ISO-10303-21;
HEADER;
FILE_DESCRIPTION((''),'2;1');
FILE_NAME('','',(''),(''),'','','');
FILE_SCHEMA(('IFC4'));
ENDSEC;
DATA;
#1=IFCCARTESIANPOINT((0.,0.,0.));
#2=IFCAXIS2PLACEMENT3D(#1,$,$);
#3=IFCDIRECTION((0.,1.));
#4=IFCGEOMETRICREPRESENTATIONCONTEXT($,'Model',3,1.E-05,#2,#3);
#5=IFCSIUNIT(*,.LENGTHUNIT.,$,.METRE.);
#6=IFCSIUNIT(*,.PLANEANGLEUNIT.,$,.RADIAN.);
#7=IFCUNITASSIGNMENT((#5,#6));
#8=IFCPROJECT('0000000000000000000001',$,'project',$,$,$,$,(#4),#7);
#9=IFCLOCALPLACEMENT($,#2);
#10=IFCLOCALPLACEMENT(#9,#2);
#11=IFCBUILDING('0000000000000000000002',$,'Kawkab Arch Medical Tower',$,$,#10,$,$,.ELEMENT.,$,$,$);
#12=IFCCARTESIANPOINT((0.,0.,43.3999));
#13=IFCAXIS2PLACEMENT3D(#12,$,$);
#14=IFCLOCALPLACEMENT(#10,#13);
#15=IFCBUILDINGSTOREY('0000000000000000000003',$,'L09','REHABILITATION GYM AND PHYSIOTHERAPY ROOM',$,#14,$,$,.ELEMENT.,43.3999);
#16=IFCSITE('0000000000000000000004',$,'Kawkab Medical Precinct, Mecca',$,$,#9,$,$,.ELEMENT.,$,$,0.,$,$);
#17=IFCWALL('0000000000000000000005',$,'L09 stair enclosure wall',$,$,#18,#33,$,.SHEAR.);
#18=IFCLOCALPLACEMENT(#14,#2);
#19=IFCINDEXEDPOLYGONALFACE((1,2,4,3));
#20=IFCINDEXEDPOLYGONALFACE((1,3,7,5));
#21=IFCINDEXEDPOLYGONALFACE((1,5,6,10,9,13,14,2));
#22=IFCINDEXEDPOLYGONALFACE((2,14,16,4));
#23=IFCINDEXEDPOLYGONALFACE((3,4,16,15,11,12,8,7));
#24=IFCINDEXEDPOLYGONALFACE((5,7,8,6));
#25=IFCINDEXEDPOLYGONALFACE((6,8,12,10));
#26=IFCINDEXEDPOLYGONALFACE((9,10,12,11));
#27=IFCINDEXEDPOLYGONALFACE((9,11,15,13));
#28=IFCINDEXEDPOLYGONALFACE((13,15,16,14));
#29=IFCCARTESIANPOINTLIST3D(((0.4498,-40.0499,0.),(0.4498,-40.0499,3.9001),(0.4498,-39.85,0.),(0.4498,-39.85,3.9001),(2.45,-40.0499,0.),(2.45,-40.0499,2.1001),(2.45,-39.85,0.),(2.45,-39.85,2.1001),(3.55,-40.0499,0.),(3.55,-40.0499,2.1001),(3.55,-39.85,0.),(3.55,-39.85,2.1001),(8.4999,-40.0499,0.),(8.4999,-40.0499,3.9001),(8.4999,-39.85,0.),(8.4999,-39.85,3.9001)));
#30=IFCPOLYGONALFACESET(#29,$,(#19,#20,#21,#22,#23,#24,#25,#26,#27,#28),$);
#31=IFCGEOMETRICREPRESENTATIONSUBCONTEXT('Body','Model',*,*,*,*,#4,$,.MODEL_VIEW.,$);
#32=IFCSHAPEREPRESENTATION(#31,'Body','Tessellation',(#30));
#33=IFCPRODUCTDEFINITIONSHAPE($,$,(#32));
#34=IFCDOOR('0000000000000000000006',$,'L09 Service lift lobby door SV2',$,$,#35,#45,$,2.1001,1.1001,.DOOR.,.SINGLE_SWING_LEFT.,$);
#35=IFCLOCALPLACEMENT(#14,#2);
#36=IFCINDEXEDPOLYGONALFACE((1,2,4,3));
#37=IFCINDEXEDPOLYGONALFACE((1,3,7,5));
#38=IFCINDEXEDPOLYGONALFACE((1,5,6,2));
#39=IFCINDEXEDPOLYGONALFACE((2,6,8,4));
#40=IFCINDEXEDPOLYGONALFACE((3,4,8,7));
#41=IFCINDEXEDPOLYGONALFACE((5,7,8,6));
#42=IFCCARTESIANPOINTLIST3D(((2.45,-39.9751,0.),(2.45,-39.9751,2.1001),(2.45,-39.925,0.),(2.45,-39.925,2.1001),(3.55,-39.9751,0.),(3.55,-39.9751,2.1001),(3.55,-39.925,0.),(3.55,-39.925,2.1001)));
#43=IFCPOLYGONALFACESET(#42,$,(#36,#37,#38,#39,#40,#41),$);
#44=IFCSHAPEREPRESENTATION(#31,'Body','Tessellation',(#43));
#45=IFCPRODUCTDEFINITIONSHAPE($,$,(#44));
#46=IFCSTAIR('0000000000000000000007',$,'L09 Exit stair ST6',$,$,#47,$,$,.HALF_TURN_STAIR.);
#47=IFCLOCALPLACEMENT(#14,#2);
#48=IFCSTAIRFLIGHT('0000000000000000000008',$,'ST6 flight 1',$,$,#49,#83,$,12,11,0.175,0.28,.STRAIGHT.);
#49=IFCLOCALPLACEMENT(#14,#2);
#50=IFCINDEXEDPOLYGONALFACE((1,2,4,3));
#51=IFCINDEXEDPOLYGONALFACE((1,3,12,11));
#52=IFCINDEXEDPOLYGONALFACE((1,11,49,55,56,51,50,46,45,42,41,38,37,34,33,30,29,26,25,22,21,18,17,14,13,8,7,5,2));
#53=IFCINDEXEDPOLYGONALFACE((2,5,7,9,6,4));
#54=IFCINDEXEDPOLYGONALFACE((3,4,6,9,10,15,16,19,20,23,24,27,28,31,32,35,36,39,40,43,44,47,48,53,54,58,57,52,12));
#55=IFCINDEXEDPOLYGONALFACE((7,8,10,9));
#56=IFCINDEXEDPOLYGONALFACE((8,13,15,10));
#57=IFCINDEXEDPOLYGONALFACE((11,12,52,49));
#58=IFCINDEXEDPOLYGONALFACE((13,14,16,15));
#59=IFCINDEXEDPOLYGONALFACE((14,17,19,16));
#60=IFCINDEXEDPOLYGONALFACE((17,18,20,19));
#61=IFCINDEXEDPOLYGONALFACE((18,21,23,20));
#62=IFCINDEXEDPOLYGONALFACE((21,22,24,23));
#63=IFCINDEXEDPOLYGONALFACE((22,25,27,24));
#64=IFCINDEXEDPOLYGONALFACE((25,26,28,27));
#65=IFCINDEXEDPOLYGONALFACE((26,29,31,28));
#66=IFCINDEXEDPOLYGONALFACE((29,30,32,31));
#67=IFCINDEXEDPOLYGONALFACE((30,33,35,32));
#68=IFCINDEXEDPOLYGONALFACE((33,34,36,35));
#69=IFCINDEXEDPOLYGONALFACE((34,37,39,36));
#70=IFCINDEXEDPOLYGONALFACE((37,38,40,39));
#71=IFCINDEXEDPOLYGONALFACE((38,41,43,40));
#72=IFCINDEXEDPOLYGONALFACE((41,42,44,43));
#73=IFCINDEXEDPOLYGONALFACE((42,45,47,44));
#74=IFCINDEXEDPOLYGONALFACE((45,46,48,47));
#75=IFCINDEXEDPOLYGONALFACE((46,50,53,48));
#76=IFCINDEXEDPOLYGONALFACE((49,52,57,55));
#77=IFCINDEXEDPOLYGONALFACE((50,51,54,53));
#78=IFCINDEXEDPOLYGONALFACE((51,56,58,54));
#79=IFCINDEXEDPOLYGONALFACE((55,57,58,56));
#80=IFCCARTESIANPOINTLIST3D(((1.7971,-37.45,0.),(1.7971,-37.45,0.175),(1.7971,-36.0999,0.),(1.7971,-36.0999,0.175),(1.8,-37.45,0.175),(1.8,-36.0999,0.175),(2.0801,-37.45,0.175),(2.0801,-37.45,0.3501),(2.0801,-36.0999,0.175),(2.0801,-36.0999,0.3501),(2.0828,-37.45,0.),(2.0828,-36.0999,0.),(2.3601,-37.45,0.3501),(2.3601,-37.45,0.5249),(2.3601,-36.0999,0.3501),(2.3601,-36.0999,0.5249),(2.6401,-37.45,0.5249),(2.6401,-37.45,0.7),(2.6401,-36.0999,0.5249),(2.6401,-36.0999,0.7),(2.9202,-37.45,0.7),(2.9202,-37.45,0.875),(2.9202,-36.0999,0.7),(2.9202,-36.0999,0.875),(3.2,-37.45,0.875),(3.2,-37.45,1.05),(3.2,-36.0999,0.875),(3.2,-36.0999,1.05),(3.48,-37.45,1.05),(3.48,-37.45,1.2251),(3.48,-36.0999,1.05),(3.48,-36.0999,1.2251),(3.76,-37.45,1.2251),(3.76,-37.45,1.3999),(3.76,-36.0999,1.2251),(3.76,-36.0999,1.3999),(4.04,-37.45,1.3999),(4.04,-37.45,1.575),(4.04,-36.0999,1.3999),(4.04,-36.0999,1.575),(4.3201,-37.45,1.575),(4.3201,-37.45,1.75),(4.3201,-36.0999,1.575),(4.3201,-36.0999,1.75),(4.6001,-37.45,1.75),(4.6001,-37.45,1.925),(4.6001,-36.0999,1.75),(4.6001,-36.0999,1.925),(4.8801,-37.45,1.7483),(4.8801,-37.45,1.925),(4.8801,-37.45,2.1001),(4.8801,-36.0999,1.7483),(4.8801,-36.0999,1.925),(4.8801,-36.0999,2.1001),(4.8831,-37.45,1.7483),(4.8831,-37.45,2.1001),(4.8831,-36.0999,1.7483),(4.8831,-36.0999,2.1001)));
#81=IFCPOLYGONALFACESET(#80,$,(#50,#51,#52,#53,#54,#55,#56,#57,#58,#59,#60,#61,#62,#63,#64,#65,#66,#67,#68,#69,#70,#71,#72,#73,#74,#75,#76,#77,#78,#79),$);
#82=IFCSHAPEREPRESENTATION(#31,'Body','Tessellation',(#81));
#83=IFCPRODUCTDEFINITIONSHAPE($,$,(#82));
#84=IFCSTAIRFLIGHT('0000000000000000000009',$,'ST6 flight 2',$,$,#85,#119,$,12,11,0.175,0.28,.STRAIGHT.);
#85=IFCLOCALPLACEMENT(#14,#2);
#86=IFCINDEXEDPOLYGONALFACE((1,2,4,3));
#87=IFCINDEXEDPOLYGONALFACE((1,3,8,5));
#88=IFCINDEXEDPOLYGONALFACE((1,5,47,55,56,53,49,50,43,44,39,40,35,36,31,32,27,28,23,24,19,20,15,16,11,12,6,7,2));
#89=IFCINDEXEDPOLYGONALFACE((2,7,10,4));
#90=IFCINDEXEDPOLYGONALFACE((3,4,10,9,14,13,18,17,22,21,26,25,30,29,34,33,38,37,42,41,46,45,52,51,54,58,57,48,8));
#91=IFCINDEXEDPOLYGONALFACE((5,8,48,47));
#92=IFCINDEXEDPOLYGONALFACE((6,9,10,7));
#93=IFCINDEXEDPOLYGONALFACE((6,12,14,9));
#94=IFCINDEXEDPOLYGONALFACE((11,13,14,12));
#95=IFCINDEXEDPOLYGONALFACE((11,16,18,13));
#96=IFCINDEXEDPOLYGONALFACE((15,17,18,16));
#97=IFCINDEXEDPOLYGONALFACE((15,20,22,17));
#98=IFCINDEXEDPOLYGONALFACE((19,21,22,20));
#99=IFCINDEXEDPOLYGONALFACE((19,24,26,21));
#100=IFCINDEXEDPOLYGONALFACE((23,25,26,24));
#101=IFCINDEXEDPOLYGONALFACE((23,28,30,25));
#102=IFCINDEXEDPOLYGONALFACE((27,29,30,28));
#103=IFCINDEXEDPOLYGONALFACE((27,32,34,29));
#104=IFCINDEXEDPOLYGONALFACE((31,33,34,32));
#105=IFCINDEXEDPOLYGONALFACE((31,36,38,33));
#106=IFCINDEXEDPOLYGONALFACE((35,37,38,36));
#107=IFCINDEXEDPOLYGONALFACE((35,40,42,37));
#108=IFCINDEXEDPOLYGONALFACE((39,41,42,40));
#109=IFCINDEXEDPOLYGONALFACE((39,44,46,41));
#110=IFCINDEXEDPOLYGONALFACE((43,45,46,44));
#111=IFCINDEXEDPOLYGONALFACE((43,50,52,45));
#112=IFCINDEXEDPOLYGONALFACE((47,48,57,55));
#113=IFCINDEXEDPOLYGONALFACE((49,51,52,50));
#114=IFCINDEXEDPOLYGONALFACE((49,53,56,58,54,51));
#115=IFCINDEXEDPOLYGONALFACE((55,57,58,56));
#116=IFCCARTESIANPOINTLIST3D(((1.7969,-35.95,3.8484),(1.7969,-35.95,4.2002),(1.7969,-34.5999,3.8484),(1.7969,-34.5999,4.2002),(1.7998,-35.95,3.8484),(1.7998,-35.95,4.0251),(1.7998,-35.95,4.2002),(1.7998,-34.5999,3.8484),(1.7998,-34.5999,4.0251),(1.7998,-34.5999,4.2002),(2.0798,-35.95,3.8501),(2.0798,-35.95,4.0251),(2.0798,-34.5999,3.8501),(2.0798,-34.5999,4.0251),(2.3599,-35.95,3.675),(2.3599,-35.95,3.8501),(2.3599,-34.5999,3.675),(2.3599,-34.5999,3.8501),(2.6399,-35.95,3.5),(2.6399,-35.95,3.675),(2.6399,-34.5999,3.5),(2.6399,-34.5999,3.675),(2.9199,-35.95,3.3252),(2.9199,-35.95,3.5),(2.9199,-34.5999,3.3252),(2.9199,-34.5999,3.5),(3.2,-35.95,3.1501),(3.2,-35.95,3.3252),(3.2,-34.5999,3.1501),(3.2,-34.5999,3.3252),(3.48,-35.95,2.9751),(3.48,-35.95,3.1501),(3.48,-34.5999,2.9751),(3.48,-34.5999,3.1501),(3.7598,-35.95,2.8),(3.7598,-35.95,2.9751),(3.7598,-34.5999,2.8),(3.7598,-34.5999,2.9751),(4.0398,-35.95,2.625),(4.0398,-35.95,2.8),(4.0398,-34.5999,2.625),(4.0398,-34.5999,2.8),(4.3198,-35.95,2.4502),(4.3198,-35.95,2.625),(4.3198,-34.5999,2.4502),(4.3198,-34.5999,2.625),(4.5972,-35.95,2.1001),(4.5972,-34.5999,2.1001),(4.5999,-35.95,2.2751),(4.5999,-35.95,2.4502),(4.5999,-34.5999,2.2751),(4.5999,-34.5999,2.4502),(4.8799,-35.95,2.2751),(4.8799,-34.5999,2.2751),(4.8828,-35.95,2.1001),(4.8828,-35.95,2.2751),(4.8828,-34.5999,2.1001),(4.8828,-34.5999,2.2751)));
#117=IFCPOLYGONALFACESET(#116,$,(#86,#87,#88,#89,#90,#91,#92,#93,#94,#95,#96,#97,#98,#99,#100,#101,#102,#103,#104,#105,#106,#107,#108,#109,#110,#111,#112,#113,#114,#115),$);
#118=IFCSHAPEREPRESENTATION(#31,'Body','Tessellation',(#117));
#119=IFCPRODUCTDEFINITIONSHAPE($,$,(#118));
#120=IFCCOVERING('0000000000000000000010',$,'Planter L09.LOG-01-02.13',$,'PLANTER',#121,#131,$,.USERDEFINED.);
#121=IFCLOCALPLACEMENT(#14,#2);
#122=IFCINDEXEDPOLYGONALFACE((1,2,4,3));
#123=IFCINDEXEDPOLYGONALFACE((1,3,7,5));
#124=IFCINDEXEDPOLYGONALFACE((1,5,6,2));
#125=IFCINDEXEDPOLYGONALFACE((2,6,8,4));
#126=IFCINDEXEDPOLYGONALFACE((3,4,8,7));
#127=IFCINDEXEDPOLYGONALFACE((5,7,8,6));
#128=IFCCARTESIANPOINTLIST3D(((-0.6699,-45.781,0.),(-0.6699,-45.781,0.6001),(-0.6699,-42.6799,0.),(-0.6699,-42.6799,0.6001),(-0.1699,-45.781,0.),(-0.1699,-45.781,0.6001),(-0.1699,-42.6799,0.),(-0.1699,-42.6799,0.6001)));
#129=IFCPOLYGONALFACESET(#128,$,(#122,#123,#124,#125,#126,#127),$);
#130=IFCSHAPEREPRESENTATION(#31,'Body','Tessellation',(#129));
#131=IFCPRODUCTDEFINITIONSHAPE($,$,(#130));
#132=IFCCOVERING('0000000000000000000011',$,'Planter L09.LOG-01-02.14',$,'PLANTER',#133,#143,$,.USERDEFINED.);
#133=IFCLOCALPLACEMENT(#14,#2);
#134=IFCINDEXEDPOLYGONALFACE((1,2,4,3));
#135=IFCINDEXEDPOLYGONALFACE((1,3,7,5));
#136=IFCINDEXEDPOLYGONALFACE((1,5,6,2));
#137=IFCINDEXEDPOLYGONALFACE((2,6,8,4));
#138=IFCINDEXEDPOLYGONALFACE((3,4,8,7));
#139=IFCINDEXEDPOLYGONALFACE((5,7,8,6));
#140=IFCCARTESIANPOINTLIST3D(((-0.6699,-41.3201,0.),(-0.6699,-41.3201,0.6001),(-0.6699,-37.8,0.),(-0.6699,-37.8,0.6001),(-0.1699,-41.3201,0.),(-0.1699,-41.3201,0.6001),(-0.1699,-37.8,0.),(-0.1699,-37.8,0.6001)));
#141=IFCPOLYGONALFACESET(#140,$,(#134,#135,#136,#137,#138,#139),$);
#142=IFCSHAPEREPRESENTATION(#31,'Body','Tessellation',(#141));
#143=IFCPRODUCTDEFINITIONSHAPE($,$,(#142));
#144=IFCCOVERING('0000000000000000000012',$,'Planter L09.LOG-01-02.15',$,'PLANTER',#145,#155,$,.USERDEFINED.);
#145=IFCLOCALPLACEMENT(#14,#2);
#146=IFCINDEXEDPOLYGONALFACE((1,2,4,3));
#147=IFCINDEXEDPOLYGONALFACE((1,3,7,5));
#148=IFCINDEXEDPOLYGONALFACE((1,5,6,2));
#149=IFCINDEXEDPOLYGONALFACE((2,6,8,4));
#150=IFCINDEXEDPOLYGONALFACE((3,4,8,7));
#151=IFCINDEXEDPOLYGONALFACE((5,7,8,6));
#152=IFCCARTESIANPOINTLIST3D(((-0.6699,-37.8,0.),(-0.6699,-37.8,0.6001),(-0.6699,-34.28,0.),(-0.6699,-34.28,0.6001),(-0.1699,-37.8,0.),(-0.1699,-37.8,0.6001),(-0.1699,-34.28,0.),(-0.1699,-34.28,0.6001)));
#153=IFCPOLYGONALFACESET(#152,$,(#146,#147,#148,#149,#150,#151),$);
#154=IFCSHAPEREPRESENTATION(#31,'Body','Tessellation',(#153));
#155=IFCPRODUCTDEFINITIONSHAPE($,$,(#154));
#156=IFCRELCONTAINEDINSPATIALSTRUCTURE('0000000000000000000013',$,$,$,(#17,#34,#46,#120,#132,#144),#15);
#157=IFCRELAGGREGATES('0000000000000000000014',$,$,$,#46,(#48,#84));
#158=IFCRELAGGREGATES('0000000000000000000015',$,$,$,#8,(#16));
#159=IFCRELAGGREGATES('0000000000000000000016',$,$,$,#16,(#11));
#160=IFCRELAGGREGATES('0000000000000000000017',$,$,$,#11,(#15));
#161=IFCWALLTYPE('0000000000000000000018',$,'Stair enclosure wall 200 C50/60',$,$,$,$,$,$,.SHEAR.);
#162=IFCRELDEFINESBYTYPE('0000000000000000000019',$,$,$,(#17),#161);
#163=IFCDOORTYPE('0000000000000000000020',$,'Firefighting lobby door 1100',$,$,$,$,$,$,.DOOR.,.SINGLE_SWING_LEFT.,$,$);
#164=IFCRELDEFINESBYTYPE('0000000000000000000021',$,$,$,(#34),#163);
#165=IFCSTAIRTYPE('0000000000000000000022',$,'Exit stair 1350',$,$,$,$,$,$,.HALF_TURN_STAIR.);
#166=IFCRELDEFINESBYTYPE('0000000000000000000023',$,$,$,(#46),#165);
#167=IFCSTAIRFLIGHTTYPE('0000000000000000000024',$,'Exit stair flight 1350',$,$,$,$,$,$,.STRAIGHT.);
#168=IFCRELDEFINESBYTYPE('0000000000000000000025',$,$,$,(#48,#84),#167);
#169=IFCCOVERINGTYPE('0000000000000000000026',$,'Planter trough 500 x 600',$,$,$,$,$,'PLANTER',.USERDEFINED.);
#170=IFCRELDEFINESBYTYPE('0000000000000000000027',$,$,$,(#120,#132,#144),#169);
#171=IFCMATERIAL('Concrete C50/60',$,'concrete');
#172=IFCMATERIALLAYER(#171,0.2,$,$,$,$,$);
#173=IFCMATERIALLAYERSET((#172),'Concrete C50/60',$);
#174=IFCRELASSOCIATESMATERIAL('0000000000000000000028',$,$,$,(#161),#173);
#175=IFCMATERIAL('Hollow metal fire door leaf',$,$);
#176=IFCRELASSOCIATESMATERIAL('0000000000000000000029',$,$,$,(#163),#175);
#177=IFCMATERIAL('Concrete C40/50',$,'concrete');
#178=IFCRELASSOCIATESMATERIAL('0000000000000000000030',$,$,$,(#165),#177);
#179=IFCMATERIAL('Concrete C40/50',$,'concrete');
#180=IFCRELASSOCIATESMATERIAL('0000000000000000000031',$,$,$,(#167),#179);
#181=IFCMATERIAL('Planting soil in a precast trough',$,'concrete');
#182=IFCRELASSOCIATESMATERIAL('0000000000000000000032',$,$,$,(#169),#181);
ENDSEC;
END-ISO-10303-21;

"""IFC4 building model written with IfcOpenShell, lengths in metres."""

from ifc_helpers import new_model, si_unit, direction, frame, frame_2d, origin, origin_2d, place, context, subcontext, project, spatial, polyline, rectangle, outline, extrude, material, layer, layer_set, material_profile, profile_set, type_object, element, fill, aggregate, save


model = new_model("IFC4")

# Units and contexts
model_context = context("Model", 3, precision=1e-05, world=origin(), true_north=direction((0.0, 1.0)))
body_context = subcontext(model_context, "Body", "Model", "MODEL_VIEW")
ifc_project = project(units=[si_unit("LENGTHUNIT", "METRE"), si_unit("PLANEANGLEUNIT", "RADIAN")], contexts=[model_context])

# Site, building, storey
site_placement = place(None, origin())
site = spatial("IfcSite", under=ifc_project, at=site_placement, Name="Kawkab Medical Precinct, Mecca", CompositionType="ELEMENT", RefElevation=0.0)
building_placement = place(site_placement, origin())
building = spatial("IfcBuilding", under=site, at=building_placement, Name="Kawkab Arch Medical Tower", CompositionType="ELEMENT")
storey_placement = place(building_placement, frame((0.0, 0.0, 43.3999)))
storey = spatial("IfcBuildingStorey", under=building, at=storey_placement, Name="L09", Description="REHABILITATION GYM AND PHYSIOTHERAPY ROOM", CompositionType="ELEMENT", Elevation=43.3999)

# Shared definitions
placement = place(storey_placement, origin())

# Wall, opening, door
ifc_material_1 = material(Name="Concrete C50/60", Category="concrete")
ifc_layer_1 = layer(ifc_material_1, 0.2)
ifc_layer_set_1 = layer_set([ifc_layer_1], Name="Concrete C50/60")
wall_type_1 = type_object("IfcWallType", Name="Stair enclosure wall 200 C50/60", PredefinedType="SHEAR", material=ifc_layer_set_1)
wall_1_placement = place(storey_placement, frame((0.45, -39.95, 0.0), z_axis=(0.0, 0.0, 1.0), x_axis=(1.0, 0.0, 0.0)))
wall_1 = element("IfcWall", 1, at=wall_1_placement, inside=storey, type_object=wall_type_1, Name="L09 stair enclosure wall", PredefinedType="SHEAR", context=body_context, shape_type="SweptSolid", body=[
    extrude(rectangle(XDim=8.05, YDim=0.2, at=frame_2d((4.0249, 0.0))), origin(), (0.0, 0.0, 1.0), 3.9001),
])
opening_1_placement = place(wall_1_placement, frame((2.0, 0.0, 0.0)))
opening_1 = element("IfcOpeningElement", 2, at=opening_1_placement, cuts=wall_1, PredefinedType="OPENING", context=body_context, shape_type="SweptSolid", body=[
    extrude(rectangle(XDim=1.1001, YDim=2.1001, at=frame_2d((0.55, 1.05))), frame((0.0, 0.1099, 0.0), z_axis=(0.0, -1.0, 0.0), x_axis=(1.0, 0.0, 0.0)), (0.0, 0.0, 1.0), 0.22),
])
ifc_material_2 = material(Name="Hollow metal fire door leaf")
door_type_1 = type_object("IfcDoorType", Name="Firefighting lobby door 1100", OperationType="SINGLE_SWING_LEFT", PredefinedType="DOOR", material=ifc_material_2)
door_1_placement = place(opening_1_placement, origin())
door_1 = element("IfcDoor", 3, at=door_1_placement, inside=storey, type_object=door_type_1, Name="L09 Service lift lobby door SV2", OperationType="SINGLE_SWING_LEFT", OverallHeight=2.1001, OverallWidth=1.1001, PredefinedType="DOOR", context=body_context, shape_type="SweptSolid", body=[
    extrude(rectangle(XDim=1.1001, YDim=2.1001, at=frame_2d((0.55, 1.05))), frame((0.0, 0.0249, 0.0), z_axis=(0.0, -1.0, 0.0), x_axis=(1.0, 0.0, 0.0)), (0.0, 0.0, 1.0), 0.05),
])
fill(opening_1, door_1)

# Stair, stair flights
ifc_material_3 = material(Name="Concrete C40/50", Category="concrete")
stair_type = type_object("IfcStairType", Name="Exit stair 1350", PredefinedType="HALF_TURN_STAIR", material=ifc_material_3)
stair = element("IfcStair", 4, at=placement, inside=storey, type_object=stair_type, Name="L09 Exit stair ST6", PredefinedType="HALF_TURN_STAIR")
ifc_material_4 = material(Name="Concrete C40/50", Category="concrete")
stair_flight_type = type_object("IfcStairFlightType", Name="Exit stair flight 1350", PredefinedType="STRAIGHT", material=ifc_material_4)
stair_flight_1_placement = place(storey_placement, frame((1.8, -36.7749, 0.0), z_axis=(0.0, 0.0, 1.0), x_axis=(1.0, 0.0, 0.0)))
stair_flight_1 = element("IfcStairFlight", 5, at=stair_flight_1_placement, type_object=stair_flight_type, Name="ST6 flight 1", NumberOfRisers=12, NumberOfTreads=11, PredefinedType="STRAIGHT", RiserHeight=0.175, TreadLength=0.28, context=body_context, shape_type="SweptSolid", body=[
    extrude(outline(polyline([(-0.0029, 0.0), (-0.0029, 0.175), (0.0, 0.175), (0.28, 0.175), (0.28, 0.3501), (0.5601, 0.3501), (0.5601, 0.5249), (0.8401, 0.5249), (0.8401, 0.7), (1.1201, 0.7), (1.1201, 0.875), (1.3999, 0.875), (1.3999, 1.05), (1.6799, 1.05), (1.6799, 1.2251), (1.96, 1.2251), (1.96, 1.3999), (2.24, 1.3999), (2.24, 1.575), (2.52, 1.575), (2.52, 1.75), (2.8, 1.75), (2.8, 1.925), (3.0801, 1.925), (3.0801, 2.1001), (3.083, 2.1001), (3.083, 1.7483), (3.0801, 1.7483), (0.2827, 0.0), (-0.0029, 0.0)])), frame((0.0, 0.675, 0.0), z_axis=(0.0, -1.0, 0.0), x_axis=(1.0, 0.0, 0.0)), (0.0, 0.0, 1.0), 1.3501),
])
stair_flight_2_placement = place(storey_placement, frame((4.8799, -35.2749, 2.1001), z_axis=(0.0, 0.0, 1.0), x_axis=(-1.0, 0.0, 0.0)))
stair_flight_2 = element("IfcStairFlight", 6, at=stair_flight_2_placement, type_object=stair_flight_type, Name="ST6 flight 2", NumberOfRisers=12, NumberOfTreads=11, PredefinedType="STRAIGHT", RiserHeight=0.175, TreadLength=0.28, context=body_context, shape_type="SweptSolid", body=[
    extrude(outline(polyline([(-0.0029, 0.0), (-0.0029, 0.175), (0.0, 0.175), (0.28, 0.175), (0.28, 0.3501), (0.5601, 0.3501), (0.5601, 0.5249), (0.8401, 0.5249), (0.8401, 0.7), (1.1201, 0.7), (1.1201, 0.875), (1.3999, 0.875), (1.3999, 1.05), (1.6799, 1.05), (1.6799, 1.2251), (1.96, 1.2251), (1.96, 1.3999), (2.24, 1.3999), (2.24, 1.575), (2.52, 1.575), (2.52, 1.75), (2.8, 1.75), (2.8, 1.925), (3.0801, 1.925), (3.0801, 2.1001), (3.083, 2.1001), (3.083, 1.7483), (3.0801, 1.7483), (0.2827, 0.0), (-0.0029, 0.0)])), frame((0.0, 0.675, 0.0), z_axis=(0.0, -1.0, 0.0), x_axis=(1.0, 0.0, 0.0)), (0.0, 0.0, 1.0), 1.3501),
])
aggregate(stair, [stair_flight_1, stair_flight_2])

# Coverings
ifc_material_5 = material(Name="Planting soil in a precast trough", Category="concrete")
ifc_material_profile_1 = material_profile(ifc_material_5, rectangle(XDim=0.5, YDim=0.6001, at=origin_2d()), Name="Trough 500x600")
ifc_profile_set_1 = profile_set([ifc_material_profile_1], Name="Planting soil in a precast trough")
covering_type = type_object("IfcCoveringType", Name="Planter trough 500 x 600", ElementType="PLANTER", PredefinedType="USERDEFINED", material=ifc_profile_set_1)
covering_placement = place(storey_placement, frame((-0.4199, -45.781, 0.3), z_axis=(0.0, 1.0, 0.0), x_axis=(-1.0, 0.0, 0.0)))
element("IfcCovering", 7, at=covering_placement, inside=storey, type_object=covering_type, Name="Planter L09.LOG-01-02.13", ObjectType="PLANTER", PredefinedType="USERDEFINED", context=body_context, shape_type="SweptSolid", body=[
    extrude(rectangle(XDim=0.5, YDim=0.6001, at=origin_2d()), origin(), (0.0, 0.0, 1.0), 3.1011),
])
for number, where, z_axis, x_axis, name in (
    (8, (-0.4199, -41.3201, 0.3), (0.0, 1.0, 0.0), (-1.0, 0.0, 0.0), "Planter L09.LOG-01-02.14"),
    (9, (-0.4199, -37.8, 0.3), (0.0, 1.0, 0.0), (-1.0, 0.0, 0.0), "Planter L09.LOG-01-02.15"),
):
    element("IfcCovering", number, at=place(storey_placement, frame(where, z_axis=z_axis, x_axis=x_axis)), inside=storey, type_object=covering_type, Name=name, ObjectType="PLANTER", PredefinedType="USERDEFINED", context=body_context, shape_type="SweptSolid", body=[
        extrude(rectangle(XDim=0.5, YDim=0.6001, at=origin_2d()), origin(), (0.0, 0.0, 1.0), 3.52),
    ])

save(model, "model.ifc")
